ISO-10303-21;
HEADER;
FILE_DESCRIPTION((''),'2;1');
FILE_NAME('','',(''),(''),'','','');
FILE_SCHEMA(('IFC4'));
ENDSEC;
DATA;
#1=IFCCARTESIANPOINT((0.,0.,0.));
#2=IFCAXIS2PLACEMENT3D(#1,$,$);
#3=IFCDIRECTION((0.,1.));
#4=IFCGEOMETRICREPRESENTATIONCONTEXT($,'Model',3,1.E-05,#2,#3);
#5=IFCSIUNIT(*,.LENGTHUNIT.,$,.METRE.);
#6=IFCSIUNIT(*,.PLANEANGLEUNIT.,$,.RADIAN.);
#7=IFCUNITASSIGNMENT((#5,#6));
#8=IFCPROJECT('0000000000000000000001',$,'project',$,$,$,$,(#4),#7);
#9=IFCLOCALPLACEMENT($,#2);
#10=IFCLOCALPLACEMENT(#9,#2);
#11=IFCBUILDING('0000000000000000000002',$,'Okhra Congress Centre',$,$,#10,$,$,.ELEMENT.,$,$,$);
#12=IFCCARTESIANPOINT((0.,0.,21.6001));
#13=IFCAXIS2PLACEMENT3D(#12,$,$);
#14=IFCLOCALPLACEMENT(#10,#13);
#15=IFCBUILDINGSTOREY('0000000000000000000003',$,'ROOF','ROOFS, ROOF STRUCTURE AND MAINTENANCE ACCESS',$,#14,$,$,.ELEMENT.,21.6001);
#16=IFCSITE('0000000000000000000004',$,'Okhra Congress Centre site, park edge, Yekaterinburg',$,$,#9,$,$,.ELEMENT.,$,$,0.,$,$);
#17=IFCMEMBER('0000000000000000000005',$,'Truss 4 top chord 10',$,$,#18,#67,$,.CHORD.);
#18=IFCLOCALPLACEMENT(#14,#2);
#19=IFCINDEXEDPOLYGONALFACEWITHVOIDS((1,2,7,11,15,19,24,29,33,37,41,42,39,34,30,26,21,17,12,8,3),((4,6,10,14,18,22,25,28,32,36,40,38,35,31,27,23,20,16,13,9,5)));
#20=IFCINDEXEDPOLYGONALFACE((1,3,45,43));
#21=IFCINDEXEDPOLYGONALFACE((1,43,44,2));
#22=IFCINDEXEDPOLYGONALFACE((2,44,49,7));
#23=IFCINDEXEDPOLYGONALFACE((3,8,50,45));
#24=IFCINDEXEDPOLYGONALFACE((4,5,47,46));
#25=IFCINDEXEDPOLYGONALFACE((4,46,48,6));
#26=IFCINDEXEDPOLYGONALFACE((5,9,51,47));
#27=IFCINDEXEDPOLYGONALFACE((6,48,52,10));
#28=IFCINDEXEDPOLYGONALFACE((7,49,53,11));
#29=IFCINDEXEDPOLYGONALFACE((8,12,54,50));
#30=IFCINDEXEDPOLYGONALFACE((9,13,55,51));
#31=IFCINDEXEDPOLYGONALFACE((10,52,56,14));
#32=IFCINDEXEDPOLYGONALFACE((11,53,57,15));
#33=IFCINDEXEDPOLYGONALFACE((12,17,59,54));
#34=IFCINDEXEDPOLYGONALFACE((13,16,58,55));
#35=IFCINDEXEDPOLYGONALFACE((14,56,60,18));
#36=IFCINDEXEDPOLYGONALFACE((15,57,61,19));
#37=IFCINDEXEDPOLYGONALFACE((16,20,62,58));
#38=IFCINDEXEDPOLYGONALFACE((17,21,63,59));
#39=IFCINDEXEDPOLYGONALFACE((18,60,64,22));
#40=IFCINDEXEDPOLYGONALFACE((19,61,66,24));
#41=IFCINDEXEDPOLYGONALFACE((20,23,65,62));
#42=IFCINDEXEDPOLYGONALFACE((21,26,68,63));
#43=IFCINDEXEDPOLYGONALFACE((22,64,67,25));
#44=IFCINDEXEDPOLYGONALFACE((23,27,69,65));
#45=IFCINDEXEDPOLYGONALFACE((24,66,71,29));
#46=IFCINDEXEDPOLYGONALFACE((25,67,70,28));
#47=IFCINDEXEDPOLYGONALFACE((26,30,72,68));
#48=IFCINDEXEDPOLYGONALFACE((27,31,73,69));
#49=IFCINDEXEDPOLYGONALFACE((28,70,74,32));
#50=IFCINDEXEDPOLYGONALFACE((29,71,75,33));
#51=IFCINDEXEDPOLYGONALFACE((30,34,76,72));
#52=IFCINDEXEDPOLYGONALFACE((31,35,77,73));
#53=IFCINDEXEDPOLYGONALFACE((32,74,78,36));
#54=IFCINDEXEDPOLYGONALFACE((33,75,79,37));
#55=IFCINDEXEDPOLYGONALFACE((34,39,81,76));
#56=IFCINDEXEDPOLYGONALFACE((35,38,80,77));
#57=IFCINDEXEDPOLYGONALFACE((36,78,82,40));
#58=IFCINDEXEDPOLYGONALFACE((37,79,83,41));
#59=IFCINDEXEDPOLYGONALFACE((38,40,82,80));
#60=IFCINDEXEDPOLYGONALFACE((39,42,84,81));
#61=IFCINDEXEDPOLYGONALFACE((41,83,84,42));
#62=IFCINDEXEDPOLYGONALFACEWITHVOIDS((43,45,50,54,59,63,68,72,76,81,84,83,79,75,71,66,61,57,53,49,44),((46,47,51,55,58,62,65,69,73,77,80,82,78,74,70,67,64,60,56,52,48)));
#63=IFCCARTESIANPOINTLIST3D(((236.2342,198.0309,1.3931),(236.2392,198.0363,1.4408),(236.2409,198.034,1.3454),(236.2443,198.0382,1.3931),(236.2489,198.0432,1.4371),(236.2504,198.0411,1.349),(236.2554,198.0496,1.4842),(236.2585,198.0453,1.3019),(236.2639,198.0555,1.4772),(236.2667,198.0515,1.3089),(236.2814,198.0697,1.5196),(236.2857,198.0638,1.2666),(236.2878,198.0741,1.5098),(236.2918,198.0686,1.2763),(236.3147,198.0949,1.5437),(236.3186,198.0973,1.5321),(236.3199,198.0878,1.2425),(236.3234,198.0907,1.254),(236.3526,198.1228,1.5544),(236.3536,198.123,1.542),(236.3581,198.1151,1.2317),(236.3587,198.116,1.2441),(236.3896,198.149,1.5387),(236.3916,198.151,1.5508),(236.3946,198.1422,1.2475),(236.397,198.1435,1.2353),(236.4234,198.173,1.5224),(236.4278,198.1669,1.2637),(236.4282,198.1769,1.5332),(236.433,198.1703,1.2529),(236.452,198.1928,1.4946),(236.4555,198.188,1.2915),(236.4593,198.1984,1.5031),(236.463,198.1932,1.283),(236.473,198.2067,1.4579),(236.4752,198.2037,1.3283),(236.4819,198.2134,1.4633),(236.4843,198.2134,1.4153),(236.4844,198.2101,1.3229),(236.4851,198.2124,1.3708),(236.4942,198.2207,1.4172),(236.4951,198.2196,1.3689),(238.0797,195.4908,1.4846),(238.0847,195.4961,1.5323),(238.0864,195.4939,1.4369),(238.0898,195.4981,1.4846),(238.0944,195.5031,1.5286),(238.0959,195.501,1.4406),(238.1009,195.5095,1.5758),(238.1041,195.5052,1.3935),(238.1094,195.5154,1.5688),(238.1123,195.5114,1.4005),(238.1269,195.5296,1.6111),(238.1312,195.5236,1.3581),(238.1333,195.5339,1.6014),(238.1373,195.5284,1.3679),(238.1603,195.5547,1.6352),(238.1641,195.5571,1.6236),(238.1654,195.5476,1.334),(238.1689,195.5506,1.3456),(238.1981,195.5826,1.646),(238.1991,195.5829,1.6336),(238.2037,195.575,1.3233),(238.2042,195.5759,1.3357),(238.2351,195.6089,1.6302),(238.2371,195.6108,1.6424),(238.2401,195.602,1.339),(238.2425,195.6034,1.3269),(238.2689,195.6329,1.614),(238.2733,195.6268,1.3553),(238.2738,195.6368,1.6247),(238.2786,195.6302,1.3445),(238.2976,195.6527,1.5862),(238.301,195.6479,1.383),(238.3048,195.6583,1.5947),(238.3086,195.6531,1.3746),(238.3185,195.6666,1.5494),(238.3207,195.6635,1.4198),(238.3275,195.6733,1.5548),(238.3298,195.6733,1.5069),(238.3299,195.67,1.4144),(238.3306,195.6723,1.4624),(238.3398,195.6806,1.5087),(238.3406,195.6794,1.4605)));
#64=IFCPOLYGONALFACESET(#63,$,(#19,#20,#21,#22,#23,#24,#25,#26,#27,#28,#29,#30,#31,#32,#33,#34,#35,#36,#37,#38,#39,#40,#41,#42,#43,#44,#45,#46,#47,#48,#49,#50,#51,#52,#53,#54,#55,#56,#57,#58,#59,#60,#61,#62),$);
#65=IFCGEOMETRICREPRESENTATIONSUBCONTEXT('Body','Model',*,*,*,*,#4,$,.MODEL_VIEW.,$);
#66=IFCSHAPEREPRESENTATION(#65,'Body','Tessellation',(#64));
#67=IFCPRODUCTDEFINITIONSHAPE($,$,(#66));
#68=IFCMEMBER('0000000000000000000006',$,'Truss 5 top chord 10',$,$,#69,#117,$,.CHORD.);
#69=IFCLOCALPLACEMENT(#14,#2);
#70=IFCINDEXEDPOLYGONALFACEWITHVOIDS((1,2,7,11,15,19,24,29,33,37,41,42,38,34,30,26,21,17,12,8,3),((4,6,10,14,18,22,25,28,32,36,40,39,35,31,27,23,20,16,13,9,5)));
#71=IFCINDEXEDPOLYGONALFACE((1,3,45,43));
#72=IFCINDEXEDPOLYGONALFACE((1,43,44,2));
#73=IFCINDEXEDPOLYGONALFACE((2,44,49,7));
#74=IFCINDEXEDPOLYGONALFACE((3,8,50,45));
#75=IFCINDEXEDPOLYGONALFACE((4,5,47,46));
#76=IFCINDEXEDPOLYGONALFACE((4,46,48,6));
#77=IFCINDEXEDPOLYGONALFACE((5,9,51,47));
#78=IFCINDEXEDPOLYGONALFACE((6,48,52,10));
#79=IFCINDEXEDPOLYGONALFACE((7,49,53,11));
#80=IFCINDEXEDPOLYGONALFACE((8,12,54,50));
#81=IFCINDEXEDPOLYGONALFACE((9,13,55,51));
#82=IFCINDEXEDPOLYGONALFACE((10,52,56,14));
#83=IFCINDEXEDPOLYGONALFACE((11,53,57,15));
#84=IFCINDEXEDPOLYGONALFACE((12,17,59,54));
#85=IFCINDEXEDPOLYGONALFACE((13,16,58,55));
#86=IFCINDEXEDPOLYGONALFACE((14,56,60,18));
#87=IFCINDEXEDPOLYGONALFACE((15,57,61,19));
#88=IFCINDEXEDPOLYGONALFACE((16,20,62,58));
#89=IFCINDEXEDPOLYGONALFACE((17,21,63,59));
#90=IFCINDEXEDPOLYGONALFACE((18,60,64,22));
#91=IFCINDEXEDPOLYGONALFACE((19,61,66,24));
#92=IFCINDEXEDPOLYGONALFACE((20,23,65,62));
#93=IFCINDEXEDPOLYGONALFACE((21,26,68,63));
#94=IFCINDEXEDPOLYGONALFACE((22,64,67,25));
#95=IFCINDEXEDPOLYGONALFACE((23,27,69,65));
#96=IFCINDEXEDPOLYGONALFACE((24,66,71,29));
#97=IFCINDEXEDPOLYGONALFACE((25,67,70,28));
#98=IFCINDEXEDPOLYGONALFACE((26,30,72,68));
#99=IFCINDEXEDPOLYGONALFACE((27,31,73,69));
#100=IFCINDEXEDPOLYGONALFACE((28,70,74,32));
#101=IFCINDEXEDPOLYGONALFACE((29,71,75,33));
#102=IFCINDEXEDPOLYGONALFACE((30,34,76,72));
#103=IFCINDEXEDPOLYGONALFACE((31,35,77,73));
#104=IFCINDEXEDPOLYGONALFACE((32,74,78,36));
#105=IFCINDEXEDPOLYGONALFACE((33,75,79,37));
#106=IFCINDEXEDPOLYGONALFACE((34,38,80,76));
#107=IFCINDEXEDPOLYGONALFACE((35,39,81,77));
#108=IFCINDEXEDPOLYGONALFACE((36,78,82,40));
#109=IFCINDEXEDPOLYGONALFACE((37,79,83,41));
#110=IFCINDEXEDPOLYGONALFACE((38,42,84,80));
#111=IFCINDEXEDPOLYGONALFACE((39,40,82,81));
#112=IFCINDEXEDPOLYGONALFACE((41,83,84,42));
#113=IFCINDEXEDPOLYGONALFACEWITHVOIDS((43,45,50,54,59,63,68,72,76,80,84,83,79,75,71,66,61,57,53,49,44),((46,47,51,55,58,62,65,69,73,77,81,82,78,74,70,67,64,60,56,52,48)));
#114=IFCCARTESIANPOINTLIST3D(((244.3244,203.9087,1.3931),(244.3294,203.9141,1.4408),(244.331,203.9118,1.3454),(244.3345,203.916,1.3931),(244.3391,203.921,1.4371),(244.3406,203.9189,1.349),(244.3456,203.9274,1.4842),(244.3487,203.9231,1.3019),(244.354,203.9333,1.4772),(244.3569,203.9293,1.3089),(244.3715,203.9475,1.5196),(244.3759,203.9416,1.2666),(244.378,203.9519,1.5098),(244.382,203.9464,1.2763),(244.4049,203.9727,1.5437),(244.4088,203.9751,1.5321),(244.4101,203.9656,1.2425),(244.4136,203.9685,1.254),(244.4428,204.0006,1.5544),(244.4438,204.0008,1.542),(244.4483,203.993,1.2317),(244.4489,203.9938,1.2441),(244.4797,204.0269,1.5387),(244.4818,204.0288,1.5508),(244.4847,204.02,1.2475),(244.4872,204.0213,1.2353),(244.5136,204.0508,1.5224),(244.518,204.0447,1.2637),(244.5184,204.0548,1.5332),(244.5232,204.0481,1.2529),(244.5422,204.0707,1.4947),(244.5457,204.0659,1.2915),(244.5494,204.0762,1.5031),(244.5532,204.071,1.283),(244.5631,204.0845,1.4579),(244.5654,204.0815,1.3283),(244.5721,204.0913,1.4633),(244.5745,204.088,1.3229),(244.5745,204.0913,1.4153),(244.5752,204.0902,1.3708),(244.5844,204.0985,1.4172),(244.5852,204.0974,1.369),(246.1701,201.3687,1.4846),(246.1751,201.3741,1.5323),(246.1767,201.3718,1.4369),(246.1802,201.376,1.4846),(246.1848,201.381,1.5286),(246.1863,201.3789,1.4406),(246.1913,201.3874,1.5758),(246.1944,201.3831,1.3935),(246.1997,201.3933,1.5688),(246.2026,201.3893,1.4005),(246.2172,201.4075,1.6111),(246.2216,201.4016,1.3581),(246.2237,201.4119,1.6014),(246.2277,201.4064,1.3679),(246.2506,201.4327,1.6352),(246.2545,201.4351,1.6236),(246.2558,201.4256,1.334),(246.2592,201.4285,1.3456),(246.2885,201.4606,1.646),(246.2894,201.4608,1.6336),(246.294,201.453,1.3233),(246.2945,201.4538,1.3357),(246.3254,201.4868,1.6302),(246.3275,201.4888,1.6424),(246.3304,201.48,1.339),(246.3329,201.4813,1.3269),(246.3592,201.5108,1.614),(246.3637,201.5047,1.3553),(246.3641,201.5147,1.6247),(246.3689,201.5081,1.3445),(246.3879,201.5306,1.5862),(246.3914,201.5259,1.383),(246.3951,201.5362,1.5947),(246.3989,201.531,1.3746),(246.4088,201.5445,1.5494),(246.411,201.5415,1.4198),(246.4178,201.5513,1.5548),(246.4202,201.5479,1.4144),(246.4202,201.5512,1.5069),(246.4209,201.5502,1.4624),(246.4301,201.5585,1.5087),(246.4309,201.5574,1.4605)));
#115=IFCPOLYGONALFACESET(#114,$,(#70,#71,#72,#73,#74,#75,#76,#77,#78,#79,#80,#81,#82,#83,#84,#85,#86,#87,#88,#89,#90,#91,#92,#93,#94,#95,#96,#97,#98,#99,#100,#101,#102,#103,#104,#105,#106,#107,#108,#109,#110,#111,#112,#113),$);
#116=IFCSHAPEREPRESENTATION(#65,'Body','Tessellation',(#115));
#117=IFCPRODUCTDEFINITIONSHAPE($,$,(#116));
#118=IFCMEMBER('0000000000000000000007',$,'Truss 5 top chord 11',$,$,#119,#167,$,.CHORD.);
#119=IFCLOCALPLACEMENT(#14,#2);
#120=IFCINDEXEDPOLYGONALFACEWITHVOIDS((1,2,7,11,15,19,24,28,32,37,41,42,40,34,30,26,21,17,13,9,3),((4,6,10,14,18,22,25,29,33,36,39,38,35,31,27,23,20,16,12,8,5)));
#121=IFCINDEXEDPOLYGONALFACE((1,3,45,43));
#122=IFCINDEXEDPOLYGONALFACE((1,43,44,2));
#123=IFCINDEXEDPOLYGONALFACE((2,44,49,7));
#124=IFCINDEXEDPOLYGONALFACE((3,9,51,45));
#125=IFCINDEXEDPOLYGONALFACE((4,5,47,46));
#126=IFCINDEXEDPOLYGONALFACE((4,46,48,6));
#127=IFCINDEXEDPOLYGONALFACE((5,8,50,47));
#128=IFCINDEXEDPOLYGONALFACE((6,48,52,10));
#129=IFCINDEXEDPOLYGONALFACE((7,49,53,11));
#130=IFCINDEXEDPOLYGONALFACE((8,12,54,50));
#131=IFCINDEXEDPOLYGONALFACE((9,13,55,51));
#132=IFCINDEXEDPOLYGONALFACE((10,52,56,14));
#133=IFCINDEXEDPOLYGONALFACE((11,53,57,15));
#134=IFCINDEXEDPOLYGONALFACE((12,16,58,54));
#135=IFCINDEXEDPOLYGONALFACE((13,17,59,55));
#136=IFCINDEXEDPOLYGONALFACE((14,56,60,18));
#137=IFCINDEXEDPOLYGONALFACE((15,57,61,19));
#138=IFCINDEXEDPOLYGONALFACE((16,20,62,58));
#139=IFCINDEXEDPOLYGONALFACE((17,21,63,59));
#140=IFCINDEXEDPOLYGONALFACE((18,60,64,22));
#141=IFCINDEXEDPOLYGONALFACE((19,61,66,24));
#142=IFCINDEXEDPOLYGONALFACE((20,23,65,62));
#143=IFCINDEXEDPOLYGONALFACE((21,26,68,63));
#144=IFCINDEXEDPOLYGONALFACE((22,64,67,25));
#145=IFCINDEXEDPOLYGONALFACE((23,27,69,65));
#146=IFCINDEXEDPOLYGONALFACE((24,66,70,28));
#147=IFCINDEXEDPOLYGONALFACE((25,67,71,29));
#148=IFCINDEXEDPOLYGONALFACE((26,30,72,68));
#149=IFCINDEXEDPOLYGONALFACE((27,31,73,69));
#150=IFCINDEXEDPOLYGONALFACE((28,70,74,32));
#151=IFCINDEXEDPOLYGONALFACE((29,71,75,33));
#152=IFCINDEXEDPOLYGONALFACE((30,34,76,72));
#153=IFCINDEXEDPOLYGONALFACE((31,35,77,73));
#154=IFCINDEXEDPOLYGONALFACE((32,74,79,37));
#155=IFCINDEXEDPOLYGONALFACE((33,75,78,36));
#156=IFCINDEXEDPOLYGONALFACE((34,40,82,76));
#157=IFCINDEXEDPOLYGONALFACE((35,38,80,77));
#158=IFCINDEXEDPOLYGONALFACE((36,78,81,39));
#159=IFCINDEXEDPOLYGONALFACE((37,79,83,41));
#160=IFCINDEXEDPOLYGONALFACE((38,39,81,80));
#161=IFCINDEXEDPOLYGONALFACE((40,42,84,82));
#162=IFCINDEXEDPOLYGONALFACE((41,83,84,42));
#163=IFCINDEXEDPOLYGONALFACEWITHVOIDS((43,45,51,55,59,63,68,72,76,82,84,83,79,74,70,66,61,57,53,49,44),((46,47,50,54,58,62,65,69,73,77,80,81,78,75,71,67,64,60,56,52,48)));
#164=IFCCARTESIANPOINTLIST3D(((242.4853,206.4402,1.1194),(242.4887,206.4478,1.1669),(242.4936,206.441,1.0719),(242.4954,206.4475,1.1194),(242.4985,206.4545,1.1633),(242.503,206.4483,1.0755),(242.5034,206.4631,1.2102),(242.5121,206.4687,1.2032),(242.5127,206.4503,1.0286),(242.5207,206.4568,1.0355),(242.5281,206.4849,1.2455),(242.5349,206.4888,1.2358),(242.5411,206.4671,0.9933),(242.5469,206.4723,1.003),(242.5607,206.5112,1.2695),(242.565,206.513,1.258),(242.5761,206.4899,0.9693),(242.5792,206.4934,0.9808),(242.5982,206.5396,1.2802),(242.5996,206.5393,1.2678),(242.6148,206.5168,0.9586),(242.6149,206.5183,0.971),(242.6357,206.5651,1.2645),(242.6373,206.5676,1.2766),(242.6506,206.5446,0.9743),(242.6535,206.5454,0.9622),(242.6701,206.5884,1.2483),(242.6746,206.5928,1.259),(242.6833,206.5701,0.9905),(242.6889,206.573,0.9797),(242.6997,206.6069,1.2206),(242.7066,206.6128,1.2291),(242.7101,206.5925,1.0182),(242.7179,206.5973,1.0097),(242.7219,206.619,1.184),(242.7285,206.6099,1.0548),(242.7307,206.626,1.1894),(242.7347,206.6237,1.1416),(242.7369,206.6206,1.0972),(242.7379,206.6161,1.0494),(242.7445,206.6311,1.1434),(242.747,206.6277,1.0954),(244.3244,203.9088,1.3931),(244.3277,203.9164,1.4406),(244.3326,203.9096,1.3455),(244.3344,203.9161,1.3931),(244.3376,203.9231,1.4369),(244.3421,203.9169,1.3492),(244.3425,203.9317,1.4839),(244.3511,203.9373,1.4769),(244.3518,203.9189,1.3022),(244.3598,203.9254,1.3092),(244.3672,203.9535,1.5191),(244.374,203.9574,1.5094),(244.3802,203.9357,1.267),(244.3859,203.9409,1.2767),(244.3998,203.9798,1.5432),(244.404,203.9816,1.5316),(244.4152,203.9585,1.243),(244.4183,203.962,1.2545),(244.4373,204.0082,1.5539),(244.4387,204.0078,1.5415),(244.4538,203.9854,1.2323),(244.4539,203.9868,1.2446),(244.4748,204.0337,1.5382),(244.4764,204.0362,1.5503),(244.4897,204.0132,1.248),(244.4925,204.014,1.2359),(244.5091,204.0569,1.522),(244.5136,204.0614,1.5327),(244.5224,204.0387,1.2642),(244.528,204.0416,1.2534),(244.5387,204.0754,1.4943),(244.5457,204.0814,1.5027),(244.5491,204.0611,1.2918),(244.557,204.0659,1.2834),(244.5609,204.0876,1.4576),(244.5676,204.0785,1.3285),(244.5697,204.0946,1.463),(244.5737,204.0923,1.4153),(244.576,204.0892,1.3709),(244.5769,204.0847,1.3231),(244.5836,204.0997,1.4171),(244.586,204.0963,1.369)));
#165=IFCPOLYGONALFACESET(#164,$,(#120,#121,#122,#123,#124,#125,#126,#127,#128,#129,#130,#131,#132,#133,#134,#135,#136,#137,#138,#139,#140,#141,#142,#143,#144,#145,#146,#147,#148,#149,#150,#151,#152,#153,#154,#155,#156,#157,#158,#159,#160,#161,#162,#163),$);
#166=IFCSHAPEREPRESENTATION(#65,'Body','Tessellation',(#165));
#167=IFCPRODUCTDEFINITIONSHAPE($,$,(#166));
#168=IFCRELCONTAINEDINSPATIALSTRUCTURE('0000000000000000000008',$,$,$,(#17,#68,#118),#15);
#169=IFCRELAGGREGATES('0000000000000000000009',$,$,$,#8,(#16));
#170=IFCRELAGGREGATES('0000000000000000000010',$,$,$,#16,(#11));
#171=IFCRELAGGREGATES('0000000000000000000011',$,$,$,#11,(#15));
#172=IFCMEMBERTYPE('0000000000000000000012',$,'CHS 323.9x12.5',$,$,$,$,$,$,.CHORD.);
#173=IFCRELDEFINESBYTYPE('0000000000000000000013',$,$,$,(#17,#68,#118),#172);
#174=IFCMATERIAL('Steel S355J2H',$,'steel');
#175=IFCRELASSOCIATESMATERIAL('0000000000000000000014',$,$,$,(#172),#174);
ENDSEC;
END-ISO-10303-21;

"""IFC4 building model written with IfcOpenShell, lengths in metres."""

from ifc_helpers import new_model, si_unit, direction, frame, origin, origin_2d, place, context, subcontext, project, spatial, hollow_circle, extrude, material, material_profile, profile_set, type_object, element, save


model = new_model("IFC4")

# Units and contexts
model_context = context("Model", 3, precision=1e-05, world=origin(), true_north=direction((0.0, 1.0)))
body_context = subcontext(model_context, "Body", "Model", "MODEL_VIEW")
ifc_project = project(units=[si_unit("LENGTHUNIT", "METRE"), si_unit("PLANEANGLEUNIT", "RADIAN")], contexts=[model_context])

# Site, building, storey
site_placement = place(None, origin())
site = spatial("IfcSite", under=ifc_project, at=site_placement, Name="Okhra Congress Centre site, park edge, Yekaterinburg", CompositionType="ELEMENT", RefElevation=0.0)
building_placement = place(site_placement, origin())
building = spatial("IfcBuilding", under=site, at=building_placement, Name="Okhra Congress Centre", CompositionType="ELEMENT")
storey_placement = place(building_placement, frame((0.0, 0.0, 21.6001)))
storey = spatial("IfcBuildingStorey", under=building, at=storey_placement, Name="ROOF", Description="ROOFS, ROOF STRUCTURE AND MAINTENANCE ACCESS", CompositionType="ELEMENT", Elevation=21.6001)

# Members
ifc_material_1 = material(Name="Steel S355J2H", Category="steel")
ifc_material_profile_1 = material_profile(ifc_material_1, hollow_circle(Radius=0.1619, WallThickness=0.0125, at=origin_2d()), Name="CHS 323.9x12.5")
ifc_profile_set_1 = profile_set([ifc_material_profile_1], Name="Steel S355J2H")
member_type_1 = type_object("IfcMemberType", Name="CHS 323.9x12.5", PredefinedType="CHORD", material=ifc_profile_set_1)
for number, where, z_axis, x_axis, name in (
    (1, (238.2107, 195.5859, 1.4846), (-0.587538, 0.808671, -0.029148), (-0.809015, -0.587788, 0.0), "Truss 4 top chord 10"),
    (2, (246.301, 201.4639, 1.4846), (-0.587589, 0.808634, -0.029146), (-0.808978, -0.587839, 0.0), "Truss 5 top chord 10"),
):
    element("IfcMember", number, at=place(storey_placement, frame(where, z_axis=z_axis, x_axis=x_axis)), inside=storey, type_object=member_type_1, Name=name, PredefinedType="CHORD", context=body_context, shape_type="SweptSolid", body=[
        extrude(hollow_circle(Radius=0.1619, WallThickness=0.0125, at=origin_2d()), origin(), (0.0, 0.0, 1.0), 3.1411),
    ])
member_1_placement = place(storey_placement, frame((244.4553, 204.0039, 1.3931), z_axis=(-0.585523, 0.805959, -0.087133), x_axis=(-0.809036, -0.587759, 0.0)))
element("IfcMember", 3, at=member_1_placement, inside=storey, type_object=member_type_1, Name="Truss 5 top chord 11", PredefinedType="CHORD", context=body_context, shape_type="SweptSolid", body=[
    extrude(hollow_circle(Radius=0.1619, WallThickness=0.0125, at=origin_2d()), origin(), (0.0, 0.0, 1.0), 3.1409),
])

save(model, "model.ifc")
